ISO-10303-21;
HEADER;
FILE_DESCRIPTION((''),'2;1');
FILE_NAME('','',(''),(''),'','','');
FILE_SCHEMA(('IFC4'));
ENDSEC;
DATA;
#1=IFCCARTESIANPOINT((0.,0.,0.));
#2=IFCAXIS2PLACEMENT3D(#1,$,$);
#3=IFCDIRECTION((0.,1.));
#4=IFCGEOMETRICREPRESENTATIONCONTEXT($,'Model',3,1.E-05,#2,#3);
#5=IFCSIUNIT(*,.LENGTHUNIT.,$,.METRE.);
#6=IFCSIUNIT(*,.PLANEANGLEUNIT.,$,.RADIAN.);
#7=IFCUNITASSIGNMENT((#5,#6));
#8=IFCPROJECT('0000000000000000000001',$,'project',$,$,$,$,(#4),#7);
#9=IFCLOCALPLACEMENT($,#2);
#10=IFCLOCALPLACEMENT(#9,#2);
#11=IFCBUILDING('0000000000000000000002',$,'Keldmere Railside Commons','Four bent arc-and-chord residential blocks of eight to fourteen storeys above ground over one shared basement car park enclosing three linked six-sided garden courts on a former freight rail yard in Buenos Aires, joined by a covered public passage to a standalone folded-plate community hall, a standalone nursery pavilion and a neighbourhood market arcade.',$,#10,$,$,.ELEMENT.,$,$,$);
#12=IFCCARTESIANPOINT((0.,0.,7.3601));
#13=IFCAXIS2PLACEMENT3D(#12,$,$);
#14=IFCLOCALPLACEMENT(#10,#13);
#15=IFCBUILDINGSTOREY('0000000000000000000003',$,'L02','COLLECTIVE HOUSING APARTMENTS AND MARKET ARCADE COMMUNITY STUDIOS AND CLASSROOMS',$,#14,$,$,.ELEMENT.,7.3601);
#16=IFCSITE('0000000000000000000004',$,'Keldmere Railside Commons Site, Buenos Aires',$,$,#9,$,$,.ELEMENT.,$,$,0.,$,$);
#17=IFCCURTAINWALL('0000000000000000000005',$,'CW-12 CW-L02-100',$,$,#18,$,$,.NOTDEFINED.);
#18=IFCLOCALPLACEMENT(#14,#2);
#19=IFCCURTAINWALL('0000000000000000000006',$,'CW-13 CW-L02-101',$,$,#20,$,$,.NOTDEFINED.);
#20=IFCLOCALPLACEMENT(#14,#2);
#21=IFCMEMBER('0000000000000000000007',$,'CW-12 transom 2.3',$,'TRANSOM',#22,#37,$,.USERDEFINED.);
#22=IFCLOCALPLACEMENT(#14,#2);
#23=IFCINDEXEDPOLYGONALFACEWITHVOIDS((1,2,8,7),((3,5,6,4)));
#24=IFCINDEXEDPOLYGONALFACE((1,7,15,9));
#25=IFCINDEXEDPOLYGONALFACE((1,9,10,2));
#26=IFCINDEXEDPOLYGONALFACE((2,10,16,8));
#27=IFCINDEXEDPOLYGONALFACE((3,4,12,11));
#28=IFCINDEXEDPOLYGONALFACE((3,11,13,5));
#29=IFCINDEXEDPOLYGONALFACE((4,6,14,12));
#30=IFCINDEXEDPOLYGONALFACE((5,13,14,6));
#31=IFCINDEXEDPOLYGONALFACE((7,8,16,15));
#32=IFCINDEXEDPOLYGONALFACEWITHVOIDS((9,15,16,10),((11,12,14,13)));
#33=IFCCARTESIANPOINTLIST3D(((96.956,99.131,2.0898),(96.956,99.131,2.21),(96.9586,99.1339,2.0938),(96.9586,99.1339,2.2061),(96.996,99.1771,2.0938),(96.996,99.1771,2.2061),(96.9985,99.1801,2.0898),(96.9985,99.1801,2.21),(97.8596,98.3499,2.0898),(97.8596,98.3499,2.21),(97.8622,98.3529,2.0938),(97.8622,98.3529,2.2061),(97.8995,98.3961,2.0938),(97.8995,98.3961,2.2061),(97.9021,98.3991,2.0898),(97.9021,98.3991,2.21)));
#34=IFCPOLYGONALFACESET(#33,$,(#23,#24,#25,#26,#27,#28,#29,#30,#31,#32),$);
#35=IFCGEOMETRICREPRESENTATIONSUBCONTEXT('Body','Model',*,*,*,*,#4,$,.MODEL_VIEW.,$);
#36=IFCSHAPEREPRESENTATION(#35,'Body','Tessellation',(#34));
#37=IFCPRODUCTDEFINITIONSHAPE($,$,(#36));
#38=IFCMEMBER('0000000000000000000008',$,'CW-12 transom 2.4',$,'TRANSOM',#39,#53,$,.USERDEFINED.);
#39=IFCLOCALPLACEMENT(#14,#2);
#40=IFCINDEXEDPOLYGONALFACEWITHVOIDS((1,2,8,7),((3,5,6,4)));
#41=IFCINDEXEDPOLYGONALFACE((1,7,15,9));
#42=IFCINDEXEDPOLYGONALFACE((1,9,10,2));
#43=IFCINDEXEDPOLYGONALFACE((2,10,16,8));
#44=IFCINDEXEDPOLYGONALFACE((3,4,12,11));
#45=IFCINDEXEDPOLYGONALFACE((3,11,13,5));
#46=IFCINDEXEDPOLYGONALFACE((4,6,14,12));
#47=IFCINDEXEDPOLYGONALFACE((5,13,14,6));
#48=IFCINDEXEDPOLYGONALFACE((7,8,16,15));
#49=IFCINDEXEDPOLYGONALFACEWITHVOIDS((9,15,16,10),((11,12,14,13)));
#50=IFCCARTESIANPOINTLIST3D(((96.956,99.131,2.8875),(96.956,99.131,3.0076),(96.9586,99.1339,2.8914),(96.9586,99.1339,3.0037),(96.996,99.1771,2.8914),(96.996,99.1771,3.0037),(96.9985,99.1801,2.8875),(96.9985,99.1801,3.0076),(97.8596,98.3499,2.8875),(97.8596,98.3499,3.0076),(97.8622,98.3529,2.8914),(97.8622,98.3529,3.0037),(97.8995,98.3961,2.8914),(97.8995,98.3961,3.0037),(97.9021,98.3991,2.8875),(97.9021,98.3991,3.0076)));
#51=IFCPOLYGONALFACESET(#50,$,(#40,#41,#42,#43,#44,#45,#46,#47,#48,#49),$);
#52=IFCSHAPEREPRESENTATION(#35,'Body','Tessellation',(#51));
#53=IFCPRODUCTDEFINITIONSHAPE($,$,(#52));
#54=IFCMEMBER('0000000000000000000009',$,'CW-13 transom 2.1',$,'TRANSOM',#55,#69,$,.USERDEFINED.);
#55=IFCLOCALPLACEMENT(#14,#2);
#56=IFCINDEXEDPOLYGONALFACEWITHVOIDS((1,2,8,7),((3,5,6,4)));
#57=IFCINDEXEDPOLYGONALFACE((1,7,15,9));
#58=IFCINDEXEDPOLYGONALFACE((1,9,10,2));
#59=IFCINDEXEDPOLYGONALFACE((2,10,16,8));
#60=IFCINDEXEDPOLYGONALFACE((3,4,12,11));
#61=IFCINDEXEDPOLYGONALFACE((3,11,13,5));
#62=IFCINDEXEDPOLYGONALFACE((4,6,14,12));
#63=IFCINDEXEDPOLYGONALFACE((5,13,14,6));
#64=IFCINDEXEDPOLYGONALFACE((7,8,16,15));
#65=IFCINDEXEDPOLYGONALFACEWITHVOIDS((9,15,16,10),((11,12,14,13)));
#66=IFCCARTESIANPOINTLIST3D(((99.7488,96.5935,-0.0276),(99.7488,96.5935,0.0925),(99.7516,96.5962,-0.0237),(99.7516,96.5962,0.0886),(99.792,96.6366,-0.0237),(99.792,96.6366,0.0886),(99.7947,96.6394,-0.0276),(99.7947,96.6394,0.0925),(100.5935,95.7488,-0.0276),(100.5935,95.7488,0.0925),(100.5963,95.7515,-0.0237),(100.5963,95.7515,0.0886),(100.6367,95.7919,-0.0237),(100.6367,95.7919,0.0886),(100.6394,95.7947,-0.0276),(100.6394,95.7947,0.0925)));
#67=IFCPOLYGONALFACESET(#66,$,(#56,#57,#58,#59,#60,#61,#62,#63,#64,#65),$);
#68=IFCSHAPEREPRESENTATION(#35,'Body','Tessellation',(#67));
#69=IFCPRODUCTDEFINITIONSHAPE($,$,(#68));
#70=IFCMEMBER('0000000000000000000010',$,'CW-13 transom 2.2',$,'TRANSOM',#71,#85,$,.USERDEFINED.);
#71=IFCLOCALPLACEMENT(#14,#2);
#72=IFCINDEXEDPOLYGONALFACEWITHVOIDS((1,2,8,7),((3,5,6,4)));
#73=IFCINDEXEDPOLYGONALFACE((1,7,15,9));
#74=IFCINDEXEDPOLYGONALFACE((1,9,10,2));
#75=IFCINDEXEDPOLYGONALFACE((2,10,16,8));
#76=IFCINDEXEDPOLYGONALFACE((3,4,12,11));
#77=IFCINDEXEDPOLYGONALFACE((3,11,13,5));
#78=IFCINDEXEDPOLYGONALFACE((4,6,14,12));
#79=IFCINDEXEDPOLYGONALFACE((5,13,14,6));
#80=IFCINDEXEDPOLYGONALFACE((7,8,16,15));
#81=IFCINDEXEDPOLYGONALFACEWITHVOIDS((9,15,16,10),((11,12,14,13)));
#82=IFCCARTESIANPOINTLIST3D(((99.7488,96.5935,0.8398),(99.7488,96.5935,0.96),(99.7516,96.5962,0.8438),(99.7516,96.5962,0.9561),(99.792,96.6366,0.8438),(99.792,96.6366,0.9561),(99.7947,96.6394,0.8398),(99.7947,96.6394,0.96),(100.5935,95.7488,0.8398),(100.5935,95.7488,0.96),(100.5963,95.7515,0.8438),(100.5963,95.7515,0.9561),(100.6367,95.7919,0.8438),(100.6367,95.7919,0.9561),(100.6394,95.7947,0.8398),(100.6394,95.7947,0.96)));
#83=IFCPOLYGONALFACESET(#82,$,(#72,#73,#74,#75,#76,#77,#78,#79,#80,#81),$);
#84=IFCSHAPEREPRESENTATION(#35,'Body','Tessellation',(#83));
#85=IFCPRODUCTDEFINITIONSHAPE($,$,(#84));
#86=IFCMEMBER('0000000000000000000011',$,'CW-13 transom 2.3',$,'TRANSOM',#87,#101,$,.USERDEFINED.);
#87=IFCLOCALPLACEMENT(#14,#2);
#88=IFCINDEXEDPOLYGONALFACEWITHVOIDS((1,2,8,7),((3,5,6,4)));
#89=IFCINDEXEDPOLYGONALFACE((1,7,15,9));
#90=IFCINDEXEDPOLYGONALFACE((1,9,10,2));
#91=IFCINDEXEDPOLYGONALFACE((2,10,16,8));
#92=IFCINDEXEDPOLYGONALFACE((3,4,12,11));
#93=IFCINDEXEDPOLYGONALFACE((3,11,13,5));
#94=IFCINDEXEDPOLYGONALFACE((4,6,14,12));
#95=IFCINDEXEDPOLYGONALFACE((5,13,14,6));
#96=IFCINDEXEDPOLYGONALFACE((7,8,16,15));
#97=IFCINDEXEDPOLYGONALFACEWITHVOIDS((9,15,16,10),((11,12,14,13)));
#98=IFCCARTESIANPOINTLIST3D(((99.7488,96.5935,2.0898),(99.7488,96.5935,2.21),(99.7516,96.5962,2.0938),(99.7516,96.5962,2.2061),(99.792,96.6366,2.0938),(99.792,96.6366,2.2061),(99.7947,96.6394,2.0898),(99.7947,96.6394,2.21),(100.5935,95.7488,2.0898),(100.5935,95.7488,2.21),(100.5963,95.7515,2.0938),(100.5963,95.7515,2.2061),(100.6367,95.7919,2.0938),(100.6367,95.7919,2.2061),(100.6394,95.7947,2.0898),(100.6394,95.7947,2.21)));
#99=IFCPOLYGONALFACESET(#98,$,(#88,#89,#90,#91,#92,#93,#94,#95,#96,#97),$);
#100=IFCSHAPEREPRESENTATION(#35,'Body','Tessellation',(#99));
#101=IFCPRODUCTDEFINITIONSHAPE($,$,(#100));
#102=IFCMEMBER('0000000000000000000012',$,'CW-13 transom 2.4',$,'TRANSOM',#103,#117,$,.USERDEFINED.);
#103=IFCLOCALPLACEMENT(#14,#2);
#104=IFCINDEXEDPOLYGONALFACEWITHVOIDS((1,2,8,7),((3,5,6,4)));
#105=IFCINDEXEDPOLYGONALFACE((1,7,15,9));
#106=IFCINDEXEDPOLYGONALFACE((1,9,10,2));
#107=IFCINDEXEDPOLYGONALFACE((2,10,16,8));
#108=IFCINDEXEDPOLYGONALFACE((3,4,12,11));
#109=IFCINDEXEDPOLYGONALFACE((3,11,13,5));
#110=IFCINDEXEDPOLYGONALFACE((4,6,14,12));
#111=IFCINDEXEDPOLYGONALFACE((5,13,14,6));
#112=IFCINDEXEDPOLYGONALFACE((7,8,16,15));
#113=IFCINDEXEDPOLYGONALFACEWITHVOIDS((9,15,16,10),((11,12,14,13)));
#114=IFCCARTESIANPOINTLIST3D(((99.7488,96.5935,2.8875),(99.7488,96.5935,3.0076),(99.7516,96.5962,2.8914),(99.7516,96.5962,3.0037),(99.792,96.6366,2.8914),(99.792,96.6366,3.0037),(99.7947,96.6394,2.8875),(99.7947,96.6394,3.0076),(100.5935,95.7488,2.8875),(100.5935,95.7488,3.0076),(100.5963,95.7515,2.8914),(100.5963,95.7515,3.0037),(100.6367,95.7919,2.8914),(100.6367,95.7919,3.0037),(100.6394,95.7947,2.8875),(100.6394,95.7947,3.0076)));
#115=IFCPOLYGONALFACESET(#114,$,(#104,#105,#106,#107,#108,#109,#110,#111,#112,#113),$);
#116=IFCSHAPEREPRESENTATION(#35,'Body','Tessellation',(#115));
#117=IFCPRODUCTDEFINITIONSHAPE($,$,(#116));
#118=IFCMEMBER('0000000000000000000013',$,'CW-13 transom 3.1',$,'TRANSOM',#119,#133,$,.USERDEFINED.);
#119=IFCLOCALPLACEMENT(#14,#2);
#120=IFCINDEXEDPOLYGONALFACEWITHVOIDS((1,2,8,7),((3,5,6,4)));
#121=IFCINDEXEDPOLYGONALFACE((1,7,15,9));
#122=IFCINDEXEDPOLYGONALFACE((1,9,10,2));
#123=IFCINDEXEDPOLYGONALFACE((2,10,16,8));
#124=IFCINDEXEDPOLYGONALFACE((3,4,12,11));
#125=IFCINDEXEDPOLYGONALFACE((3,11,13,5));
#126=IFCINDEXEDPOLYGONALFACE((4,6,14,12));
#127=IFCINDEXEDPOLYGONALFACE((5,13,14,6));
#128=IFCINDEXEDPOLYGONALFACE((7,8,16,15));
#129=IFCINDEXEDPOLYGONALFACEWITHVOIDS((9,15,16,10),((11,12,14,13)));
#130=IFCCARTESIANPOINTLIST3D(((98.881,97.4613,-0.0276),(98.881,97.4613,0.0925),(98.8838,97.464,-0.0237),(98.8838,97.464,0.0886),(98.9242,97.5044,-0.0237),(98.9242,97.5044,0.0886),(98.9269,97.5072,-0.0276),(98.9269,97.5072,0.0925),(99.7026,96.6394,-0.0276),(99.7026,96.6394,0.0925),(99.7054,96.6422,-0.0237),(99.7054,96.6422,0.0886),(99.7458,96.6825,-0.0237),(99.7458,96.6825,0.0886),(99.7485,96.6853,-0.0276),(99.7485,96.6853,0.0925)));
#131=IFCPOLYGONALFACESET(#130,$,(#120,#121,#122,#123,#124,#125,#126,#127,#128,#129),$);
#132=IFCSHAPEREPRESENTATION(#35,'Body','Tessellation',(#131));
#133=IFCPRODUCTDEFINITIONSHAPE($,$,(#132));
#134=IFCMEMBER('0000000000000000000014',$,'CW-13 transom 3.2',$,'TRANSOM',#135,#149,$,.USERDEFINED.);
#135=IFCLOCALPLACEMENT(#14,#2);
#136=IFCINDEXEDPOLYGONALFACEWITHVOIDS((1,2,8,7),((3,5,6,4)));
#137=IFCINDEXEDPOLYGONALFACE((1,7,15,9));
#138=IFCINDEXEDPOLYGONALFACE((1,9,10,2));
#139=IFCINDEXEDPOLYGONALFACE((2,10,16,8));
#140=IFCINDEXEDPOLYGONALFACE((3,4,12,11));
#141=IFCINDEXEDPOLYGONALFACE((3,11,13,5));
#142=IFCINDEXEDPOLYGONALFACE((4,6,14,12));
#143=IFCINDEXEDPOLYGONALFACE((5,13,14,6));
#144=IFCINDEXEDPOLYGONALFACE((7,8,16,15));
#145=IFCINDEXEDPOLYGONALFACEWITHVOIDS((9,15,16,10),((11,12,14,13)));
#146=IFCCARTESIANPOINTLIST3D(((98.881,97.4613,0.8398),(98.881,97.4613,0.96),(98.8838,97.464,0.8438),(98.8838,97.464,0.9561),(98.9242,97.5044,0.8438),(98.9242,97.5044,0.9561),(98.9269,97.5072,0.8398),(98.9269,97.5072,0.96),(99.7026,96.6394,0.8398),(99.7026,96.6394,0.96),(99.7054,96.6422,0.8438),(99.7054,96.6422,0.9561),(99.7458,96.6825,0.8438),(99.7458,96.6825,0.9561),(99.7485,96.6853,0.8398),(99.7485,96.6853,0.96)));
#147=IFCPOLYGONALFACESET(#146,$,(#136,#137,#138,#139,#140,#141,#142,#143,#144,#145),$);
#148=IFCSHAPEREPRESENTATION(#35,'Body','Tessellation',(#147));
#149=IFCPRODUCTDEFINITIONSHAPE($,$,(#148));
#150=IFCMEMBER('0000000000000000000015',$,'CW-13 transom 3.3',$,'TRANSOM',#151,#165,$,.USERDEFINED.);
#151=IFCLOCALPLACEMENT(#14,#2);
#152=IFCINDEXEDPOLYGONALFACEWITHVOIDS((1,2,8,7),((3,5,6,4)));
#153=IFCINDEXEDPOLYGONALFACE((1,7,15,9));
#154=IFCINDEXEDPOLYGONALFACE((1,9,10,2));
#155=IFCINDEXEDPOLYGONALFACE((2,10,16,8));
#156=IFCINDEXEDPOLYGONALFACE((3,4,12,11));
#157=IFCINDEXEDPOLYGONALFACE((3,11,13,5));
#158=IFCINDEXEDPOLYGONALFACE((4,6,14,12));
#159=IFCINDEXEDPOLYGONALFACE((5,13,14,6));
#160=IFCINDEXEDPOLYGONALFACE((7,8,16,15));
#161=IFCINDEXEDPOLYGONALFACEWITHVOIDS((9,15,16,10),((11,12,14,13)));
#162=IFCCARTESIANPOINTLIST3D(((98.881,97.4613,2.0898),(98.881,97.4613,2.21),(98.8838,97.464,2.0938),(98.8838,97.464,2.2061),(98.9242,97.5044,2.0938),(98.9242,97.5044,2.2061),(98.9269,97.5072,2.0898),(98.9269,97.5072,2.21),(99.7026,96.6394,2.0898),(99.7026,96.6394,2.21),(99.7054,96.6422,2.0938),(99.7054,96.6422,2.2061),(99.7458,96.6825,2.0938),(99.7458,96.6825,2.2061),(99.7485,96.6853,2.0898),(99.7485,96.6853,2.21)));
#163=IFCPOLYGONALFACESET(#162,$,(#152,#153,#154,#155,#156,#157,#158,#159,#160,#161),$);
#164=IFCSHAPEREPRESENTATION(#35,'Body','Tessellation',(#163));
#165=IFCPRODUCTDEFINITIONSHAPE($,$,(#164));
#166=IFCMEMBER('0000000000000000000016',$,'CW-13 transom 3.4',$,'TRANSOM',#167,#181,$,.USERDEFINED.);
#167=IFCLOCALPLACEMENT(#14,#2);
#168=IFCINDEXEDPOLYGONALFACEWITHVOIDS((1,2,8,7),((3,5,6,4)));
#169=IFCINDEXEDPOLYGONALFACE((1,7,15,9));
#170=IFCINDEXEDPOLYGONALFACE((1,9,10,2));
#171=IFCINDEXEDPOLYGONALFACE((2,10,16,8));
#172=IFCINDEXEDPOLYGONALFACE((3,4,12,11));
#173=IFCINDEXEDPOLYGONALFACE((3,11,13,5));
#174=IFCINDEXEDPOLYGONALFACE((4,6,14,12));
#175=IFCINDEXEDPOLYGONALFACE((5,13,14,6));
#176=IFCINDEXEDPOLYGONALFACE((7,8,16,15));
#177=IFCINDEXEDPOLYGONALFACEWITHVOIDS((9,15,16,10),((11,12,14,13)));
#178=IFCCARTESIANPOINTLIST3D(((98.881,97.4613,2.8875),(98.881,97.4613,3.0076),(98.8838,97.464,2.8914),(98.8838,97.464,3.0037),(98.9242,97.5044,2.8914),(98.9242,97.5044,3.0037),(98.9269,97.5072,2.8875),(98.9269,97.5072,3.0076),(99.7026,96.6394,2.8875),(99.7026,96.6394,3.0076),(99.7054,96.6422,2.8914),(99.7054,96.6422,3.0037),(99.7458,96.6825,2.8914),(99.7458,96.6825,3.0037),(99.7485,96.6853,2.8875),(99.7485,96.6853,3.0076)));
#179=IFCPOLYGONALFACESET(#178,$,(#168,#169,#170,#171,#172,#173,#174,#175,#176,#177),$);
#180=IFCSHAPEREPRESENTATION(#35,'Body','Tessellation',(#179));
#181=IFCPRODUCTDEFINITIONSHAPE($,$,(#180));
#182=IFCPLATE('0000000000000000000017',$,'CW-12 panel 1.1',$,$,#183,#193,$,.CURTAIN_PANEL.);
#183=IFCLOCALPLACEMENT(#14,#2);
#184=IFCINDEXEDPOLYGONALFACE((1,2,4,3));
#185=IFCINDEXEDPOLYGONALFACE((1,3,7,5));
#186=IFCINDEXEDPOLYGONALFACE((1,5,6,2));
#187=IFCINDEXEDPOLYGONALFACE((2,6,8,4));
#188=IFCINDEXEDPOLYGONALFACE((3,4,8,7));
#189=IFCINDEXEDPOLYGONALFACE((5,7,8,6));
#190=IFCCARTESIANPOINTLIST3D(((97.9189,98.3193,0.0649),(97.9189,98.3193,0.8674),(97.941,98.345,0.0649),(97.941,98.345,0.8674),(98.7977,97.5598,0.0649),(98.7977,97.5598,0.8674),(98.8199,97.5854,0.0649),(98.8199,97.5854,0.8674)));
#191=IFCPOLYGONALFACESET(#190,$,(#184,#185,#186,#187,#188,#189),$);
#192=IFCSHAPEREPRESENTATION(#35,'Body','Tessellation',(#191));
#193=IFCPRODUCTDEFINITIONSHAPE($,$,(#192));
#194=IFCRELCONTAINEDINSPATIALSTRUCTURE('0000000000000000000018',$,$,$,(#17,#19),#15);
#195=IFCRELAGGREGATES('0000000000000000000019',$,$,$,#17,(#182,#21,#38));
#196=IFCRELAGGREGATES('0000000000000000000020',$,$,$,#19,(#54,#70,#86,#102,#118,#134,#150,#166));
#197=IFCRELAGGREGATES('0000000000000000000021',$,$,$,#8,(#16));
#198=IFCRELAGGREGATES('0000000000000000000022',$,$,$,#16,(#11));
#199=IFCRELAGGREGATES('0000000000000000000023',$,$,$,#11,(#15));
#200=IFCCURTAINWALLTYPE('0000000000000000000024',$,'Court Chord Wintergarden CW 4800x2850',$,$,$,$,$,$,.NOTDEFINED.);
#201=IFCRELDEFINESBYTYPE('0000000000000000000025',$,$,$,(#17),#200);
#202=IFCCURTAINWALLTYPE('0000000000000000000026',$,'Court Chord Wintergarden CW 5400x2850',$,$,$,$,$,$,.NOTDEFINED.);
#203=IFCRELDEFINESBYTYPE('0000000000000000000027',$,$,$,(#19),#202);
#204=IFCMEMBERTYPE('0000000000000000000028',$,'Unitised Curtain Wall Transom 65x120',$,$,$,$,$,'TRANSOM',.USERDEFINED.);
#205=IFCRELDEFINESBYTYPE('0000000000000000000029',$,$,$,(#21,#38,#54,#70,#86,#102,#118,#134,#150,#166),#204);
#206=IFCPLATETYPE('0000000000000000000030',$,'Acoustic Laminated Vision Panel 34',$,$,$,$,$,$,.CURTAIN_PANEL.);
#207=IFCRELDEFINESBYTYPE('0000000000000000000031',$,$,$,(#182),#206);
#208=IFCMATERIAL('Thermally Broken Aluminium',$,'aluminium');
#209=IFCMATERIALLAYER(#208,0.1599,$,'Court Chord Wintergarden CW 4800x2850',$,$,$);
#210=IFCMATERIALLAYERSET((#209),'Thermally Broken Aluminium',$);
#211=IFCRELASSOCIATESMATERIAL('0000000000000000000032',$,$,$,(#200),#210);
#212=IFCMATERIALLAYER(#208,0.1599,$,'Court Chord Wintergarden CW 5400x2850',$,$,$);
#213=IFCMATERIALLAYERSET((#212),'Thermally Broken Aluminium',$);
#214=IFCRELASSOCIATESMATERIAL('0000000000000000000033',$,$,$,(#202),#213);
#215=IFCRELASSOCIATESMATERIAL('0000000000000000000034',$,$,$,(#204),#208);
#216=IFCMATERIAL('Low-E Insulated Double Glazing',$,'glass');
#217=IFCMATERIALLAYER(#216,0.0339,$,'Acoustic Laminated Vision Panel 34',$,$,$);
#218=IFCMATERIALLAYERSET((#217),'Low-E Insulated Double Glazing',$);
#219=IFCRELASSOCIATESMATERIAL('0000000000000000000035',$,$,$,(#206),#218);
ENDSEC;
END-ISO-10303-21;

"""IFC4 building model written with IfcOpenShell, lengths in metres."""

from ifc_helpers import new_model, si_unit, direction, frame, origin, origin_2d, place, context, subcontext, project, spatial, rectangle, hollow_rectangle, extrude, material, layer, layer_set, material_profile, profile_set, type_object, element, aggregate, save


model = new_model("IFC4")

# Units and contexts
model_context = context("Model", 3, precision=1e-05, world=origin(), true_north=direction((0.0, 1.0)))
body_context = subcontext(model_context, "Body", "Model", "MODEL_VIEW")
ifc_project = project(units=[si_unit("LENGTHUNIT", "METRE"), si_unit("PLANEANGLEUNIT", "RADIAN")], contexts=[model_context])

# Site, building, storey
site_placement = place(None, origin())
site = spatial("IfcSite", under=ifc_project, at=site_placement, Name="Keldmere Railside Commons Site, Buenos Aires", CompositionType="ELEMENT", RefElevation=0.0)
building_placement = place(site_placement, origin())
building = spatial("IfcBuilding", under=site, at=building_placement, Name="Keldmere Railside Commons", Description="Four bent arc-and-chord residential blocks of eight to fourteen storeys above ground over one shared basement car park enclosing three linked six-sided garden courts on a former freight rail yard in Buenos Aires, joined by a covered public passage to a standalone folded-plate community hall, a standalone nursery pavilion and a neighbourhood market arcade.", CompositionType="ELEMENT")
storey_placement = place(building_placement, frame((0.0, 0.0, 7.3601)))
storey = spatial("IfcBuildingStorey", under=building, at=storey_placement, Name="L02", Description="COLLECTIVE HOUSING APARTMENTS AND MARKET ARCADE COMMUNITY STUDIOS AND CLASSROOMS", CompositionType="ELEMENT", Elevation=7.3601)

# Curtain walls
ifc_material_1 = material(Name="Thermally Broken Aluminium", Category="aluminium")
ifc_layer_1 = layer(ifc_material_1, 0.1599, Name="Court Chord Wintergarden CW 4800x2850")
ifc_layer_set_1 = layer_set([ifc_layer_1], Name="Thermally Broken Aluminium")
curtain_wall_type_1 = type_object("IfcCurtainWallType", Name="Court Chord Wintergarden CW 4800x2850", PredefinedType="NOTDEFINED", material=ifc_layer_set_1)
curtain_wall_1_placement = place(storey_placement, origin())
curtain_wall_1 = element("IfcCurtainWall", 1, at=curtain_wall_1_placement, inside=storey, type_object=curtain_wall_type_1, Name="CW-12 CW-L02-100", PredefinedType="NOTDEFINED")
ifc_layer_2 = layer(ifc_material_1, 0.1599, Name="Court Chord Wintergarden CW 5400x2850")
ifc_layer_set_2 = layer_set([ifc_layer_2], Name="Thermally Broken Aluminium")
curtain_wall_type_2 = type_object("IfcCurtainWallType", Name="Court Chord Wintergarden CW 5400x2850", PredefinedType="NOTDEFINED", material=ifc_layer_set_2)
curtain_wall_2_placement = place(storey_placement, origin())
curtain_wall_2 = element("IfcCurtainWall", 2, at=curtain_wall_2_placement, inside=storey, type_object=curtain_wall_type_2, Name="CW-13 CW-L02-101", PredefinedType="NOTDEFINED")

# Members
ifc_material_profile_1 = material_profile(ifc_material_1, hollow_rectangle(XDim=0.0649, YDim=0.1201, WallThickness=0.0039, at=origin_2d()), Name="ALU-TRAN-65x120")
ifc_profile_set_1 = profile_set([ifc_material_profile_1], Name="Thermally Broken Aluminium")
member_type_1 = type_object("IfcMemberType", Name="Unitised Curtain Wall Transom 65x120", ElementType="TRANSOM", PredefinedType="USERDEFINED", material=ifc_profile_set_1)
member_1_placement = place(storey_placement, frame((97.8809, 98.3745, 2.1499), z_axis=(-0.756552, 0.653934, 0.0), x_axis=(-0.653934, -0.756552, 0.0)))
member_1 = element("IfcMember", 3, at=member_1_placement, type_object=member_type_1, Name="CW-12 transom 2.3", ObjectType="TRANSOM", PredefinedType="USERDEFINED", context=body_context, shape_type="SweptSolid", body=[
    extrude(hollow_rectangle(XDim=0.0649, YDim=0.1201, WallThickness=0.0039, at=origin_2d()), origin(), (0.0, 0.0, 1.0), 1.1943),
])
member_2_placement = place(storey_placement, frame((97.8809, 98.3745, 2.9475), z_axis=(-0.756552, 0.653934, 0.0), x_axis=(-0.653934, -0.756552, 0.0)))
member_2 = element("IfcMember", 4, at=member_2_placement, type_object=member_type_1, Name="CW-12 transom 2.4", ObjectType="TRANSOM", PredefinedType="USERDEFINED", context=body_context, shape_type="SweptSolid", body=[
    extrude(hollow_rectangle(XDim=0.0649, YDim=0.1201, WallThickness=0.0039, at=origin_2d()), origin(), (0.0, 0.0, 1.0), 1.1943),
])
member_3_placement = place(storey_placement, frame((100.6165, 95.7717, 0.0325), z_axis=(-0.707107, 0.707107, 0.0), x_axis=(-0.707107, -0.707107, 0.0)))
member_3 = element("IfcMember", 5, at=member_3_placement, type_object=member_type_1, Name="CW-13 transom 2.1", ObjectType="TRANSOM", PredefinedType="USERDEFINED", context=body_context, shape_type="SweptSolid", body=[
    extrude(hollow_rectangle(XDim=0.0649, YDim=0.1201, WallThickness=0.0039, at=origin_2d()), origin(), (0.0, 0.0, 1.0), 1.1946),
])
member_4_placement = place(storey_placement, frame((100.6165, 95.7717, 0.8999), z_axis=(-0.707107, 0.707107, 0.0), x_axis=(-0.707107, -0.707107, 0.0)))
member_4 = element("IfcMember", 6, at=member_4_placement, type_object=member_type_1, Name="CW-13 transom 2.2", ObjectType="TRANSOM", PredefinedType="USERDEFINED", context=body_context, shape_type="SweptSolid", body=[
    extrude(hollow_rectangle(XDim=0.0649, YDim=0.1201, WallThickness=0.0039, at=origin_2d()), origin(), (0.0, 0.0, 1.0), 1.1946),
])
member_5_placement = place(storey_placement, frame((100.6165, 95.7717, 2.1499), z_axis=(-0.707107, 0.707107, 0.0), x_axis=(-0.707107, -0.707107, 0.0)))
member_5 = element("IfcMember", 7, at=member_5_placement, type_object=member_type_1, Name="CW-13 transom 2.3", ObjectType="TRANSOM", PredefinedType="USERDEFINED", context=body_context, shape_type="SweptSolid", body=[
    extrude(hollow_rectangle(XDim=0.0649, YDim=0.1201, WallThickness=0.0039, at=origin_2d()), origin(), (0.0, 0.0, 1.0), 1.1946),
])
member_6_placement = place(storey_placement, frame((100.6165, 95.7717, 2.9475), z_axis=(-0.707107, 0.707107, 0.0), x_axis=(-0.707107, -0.707107, 0.0)))
member_6 = element("IfcMember", 8, at=member_6_placement, type_object=member_type_1, Name="CW-13 transom 2.4", ObjectType="TRANSOM", PredefinedType="USERDEFINED", context=body_context, shape_type="SweptSolid", body=[
    extrude(hollow_rectangle(XDim=0.0649, YDim=0.1201, WallThickness=0.0039, at=origin_2d()), origin(), (0.0, 0.0, 1.0), 1.1946),
])
member_7_placement = place(storey_placement, frame((99.7256, 96.6624, 0.0325), z_axis=(-0.707002, 0.707212, 0.0), x_axis=(-0.707212, -0.707002, 0.0)))
member_7 = element("IfcMember", 9, at=member_7_placement, type_object=member_type_1, Name="CW-13 transom 3.1", ObjectType="TRANSOM", PredefinedType="USERDEFINED", context=body_context, shape_type="SweptSolid", body=[
    extrude(hollow_rectangle(XDim=0.0649, YDim=0.1201, WallThickness=0.0039, at=origin_2d()), origin(), (0.0, 0.0, 1.0), 1.1621),
])
member_8_placement = place(storey_placement, frame((99.7256, 96.6624, 0.8999), z_axis=(-0.707002, 0.707212, 0.0), x_axis=(-0.707212, -0.707002, 0.0)))
member_8 = element("IfcMember", 10, at=member_8_placement, type_object=member_type_1, Name="CW-13 transom 3.2", ObjectType="TRANSOM", PredefinedType="USERDEFINED", context=body_context, shape_type="SweptSolid", body=[
    extrude(hollow_rectangle(XDim=0.0649, YDim=0.1201, WallThickness=0.0039, at=origin_2d()), origin(), (0.0, 0.0, 1.0), 1.1621),
])
member_9_placement = place(storey_placement, frame((99.7256, 96.6624, 2.1499), z_axis=(-0.707002, 0.707212, 0.0), x_axis=(-0.707212, -0.707002, 0.0)))
member_9 = element("IfcMember", 11, at=member_9_placement, type_object=member_type_1, Name="CW-13 transom 3.3", ObjectType="TRANSOM", PredefinedType="USERDEFINED", context=body_context, shape_type="SweptSolid", body=[
    extrude(hollow_rectangle(XDim=0.0649, YDim=0.1201, WallThickness=0.0039, at=origin_2d()), origin(), (0.0, 0.0, 1.0), 1.1621),
])
member_10_placement = place(storey_placement, frame((99.7256, 96.6624, 2.9475), z_axis=(-0.707002, 0.707212, 0.0), x_axis=(-0.707212, -0.707002, 0.0)))
member_10 = element("IfcMember", 12, at=member_10_placement, type_object=member_type_1, Name="CW-13 transom 3.4", ObjectType="TRANSOM", PredefinedType="USERDEFINED", context=body_context, shape_type="SweptSolid", body=[
    extrude(hollow_rectangle(XDim=0.0649, YDim=0.1201, WallThickness=0.0039, at=origin_2d()), origin(), (0.0, 0.0, 1.0), 1.1621),
])

# Plate
ifc_material_2 = material(Name="Low-E Insulated Double Glazing", Category="glass")
ifc_layer_3 = layer(ifc_material_2, 0.0339, Name="Acoustic Laminated Vision Panel 34")
ifc_layer_set_3 = layer_set([ifc_layer_3], Name="Low-E Insulated Double Glazing")
plate_type_1 = type_object("IfcPlateType", Name="Acoustic Laminated Vision Panel 34", PredefinedType="CURTAIN_PANEL", material=ifc_layer_set_3)
plate_1_placement = place(storey_placement, frame((98.3694, 97.9524, 0.0649), z_axis=(0.0, 0.0, 1.0), x_axis=(-0.756597, 0.653882, 0.0)))
plate_1 = element("IfcPlate", 13, at=plate_1_placement, type_object=plate_type_1, Name="CW-12 panel 1.1", PredefinedType="CURTAIN_PANEL", context=body_context, shape_type="SweptSolid", body=[
    extrude(rectangle(XDim=1.1616, YDim=0.0339, at=origin_2d()), origin(), (0.0, 0.0, 1.0), 0.8025),
])
aggregate(curtain_wall_1, [plate_1, member_1, member_2])
aggregate(curtain_wall_2, [member_3, member_4, member_5, member_6, member_7, member_8, member_9, member_10])

save(model, "model.ifc")
